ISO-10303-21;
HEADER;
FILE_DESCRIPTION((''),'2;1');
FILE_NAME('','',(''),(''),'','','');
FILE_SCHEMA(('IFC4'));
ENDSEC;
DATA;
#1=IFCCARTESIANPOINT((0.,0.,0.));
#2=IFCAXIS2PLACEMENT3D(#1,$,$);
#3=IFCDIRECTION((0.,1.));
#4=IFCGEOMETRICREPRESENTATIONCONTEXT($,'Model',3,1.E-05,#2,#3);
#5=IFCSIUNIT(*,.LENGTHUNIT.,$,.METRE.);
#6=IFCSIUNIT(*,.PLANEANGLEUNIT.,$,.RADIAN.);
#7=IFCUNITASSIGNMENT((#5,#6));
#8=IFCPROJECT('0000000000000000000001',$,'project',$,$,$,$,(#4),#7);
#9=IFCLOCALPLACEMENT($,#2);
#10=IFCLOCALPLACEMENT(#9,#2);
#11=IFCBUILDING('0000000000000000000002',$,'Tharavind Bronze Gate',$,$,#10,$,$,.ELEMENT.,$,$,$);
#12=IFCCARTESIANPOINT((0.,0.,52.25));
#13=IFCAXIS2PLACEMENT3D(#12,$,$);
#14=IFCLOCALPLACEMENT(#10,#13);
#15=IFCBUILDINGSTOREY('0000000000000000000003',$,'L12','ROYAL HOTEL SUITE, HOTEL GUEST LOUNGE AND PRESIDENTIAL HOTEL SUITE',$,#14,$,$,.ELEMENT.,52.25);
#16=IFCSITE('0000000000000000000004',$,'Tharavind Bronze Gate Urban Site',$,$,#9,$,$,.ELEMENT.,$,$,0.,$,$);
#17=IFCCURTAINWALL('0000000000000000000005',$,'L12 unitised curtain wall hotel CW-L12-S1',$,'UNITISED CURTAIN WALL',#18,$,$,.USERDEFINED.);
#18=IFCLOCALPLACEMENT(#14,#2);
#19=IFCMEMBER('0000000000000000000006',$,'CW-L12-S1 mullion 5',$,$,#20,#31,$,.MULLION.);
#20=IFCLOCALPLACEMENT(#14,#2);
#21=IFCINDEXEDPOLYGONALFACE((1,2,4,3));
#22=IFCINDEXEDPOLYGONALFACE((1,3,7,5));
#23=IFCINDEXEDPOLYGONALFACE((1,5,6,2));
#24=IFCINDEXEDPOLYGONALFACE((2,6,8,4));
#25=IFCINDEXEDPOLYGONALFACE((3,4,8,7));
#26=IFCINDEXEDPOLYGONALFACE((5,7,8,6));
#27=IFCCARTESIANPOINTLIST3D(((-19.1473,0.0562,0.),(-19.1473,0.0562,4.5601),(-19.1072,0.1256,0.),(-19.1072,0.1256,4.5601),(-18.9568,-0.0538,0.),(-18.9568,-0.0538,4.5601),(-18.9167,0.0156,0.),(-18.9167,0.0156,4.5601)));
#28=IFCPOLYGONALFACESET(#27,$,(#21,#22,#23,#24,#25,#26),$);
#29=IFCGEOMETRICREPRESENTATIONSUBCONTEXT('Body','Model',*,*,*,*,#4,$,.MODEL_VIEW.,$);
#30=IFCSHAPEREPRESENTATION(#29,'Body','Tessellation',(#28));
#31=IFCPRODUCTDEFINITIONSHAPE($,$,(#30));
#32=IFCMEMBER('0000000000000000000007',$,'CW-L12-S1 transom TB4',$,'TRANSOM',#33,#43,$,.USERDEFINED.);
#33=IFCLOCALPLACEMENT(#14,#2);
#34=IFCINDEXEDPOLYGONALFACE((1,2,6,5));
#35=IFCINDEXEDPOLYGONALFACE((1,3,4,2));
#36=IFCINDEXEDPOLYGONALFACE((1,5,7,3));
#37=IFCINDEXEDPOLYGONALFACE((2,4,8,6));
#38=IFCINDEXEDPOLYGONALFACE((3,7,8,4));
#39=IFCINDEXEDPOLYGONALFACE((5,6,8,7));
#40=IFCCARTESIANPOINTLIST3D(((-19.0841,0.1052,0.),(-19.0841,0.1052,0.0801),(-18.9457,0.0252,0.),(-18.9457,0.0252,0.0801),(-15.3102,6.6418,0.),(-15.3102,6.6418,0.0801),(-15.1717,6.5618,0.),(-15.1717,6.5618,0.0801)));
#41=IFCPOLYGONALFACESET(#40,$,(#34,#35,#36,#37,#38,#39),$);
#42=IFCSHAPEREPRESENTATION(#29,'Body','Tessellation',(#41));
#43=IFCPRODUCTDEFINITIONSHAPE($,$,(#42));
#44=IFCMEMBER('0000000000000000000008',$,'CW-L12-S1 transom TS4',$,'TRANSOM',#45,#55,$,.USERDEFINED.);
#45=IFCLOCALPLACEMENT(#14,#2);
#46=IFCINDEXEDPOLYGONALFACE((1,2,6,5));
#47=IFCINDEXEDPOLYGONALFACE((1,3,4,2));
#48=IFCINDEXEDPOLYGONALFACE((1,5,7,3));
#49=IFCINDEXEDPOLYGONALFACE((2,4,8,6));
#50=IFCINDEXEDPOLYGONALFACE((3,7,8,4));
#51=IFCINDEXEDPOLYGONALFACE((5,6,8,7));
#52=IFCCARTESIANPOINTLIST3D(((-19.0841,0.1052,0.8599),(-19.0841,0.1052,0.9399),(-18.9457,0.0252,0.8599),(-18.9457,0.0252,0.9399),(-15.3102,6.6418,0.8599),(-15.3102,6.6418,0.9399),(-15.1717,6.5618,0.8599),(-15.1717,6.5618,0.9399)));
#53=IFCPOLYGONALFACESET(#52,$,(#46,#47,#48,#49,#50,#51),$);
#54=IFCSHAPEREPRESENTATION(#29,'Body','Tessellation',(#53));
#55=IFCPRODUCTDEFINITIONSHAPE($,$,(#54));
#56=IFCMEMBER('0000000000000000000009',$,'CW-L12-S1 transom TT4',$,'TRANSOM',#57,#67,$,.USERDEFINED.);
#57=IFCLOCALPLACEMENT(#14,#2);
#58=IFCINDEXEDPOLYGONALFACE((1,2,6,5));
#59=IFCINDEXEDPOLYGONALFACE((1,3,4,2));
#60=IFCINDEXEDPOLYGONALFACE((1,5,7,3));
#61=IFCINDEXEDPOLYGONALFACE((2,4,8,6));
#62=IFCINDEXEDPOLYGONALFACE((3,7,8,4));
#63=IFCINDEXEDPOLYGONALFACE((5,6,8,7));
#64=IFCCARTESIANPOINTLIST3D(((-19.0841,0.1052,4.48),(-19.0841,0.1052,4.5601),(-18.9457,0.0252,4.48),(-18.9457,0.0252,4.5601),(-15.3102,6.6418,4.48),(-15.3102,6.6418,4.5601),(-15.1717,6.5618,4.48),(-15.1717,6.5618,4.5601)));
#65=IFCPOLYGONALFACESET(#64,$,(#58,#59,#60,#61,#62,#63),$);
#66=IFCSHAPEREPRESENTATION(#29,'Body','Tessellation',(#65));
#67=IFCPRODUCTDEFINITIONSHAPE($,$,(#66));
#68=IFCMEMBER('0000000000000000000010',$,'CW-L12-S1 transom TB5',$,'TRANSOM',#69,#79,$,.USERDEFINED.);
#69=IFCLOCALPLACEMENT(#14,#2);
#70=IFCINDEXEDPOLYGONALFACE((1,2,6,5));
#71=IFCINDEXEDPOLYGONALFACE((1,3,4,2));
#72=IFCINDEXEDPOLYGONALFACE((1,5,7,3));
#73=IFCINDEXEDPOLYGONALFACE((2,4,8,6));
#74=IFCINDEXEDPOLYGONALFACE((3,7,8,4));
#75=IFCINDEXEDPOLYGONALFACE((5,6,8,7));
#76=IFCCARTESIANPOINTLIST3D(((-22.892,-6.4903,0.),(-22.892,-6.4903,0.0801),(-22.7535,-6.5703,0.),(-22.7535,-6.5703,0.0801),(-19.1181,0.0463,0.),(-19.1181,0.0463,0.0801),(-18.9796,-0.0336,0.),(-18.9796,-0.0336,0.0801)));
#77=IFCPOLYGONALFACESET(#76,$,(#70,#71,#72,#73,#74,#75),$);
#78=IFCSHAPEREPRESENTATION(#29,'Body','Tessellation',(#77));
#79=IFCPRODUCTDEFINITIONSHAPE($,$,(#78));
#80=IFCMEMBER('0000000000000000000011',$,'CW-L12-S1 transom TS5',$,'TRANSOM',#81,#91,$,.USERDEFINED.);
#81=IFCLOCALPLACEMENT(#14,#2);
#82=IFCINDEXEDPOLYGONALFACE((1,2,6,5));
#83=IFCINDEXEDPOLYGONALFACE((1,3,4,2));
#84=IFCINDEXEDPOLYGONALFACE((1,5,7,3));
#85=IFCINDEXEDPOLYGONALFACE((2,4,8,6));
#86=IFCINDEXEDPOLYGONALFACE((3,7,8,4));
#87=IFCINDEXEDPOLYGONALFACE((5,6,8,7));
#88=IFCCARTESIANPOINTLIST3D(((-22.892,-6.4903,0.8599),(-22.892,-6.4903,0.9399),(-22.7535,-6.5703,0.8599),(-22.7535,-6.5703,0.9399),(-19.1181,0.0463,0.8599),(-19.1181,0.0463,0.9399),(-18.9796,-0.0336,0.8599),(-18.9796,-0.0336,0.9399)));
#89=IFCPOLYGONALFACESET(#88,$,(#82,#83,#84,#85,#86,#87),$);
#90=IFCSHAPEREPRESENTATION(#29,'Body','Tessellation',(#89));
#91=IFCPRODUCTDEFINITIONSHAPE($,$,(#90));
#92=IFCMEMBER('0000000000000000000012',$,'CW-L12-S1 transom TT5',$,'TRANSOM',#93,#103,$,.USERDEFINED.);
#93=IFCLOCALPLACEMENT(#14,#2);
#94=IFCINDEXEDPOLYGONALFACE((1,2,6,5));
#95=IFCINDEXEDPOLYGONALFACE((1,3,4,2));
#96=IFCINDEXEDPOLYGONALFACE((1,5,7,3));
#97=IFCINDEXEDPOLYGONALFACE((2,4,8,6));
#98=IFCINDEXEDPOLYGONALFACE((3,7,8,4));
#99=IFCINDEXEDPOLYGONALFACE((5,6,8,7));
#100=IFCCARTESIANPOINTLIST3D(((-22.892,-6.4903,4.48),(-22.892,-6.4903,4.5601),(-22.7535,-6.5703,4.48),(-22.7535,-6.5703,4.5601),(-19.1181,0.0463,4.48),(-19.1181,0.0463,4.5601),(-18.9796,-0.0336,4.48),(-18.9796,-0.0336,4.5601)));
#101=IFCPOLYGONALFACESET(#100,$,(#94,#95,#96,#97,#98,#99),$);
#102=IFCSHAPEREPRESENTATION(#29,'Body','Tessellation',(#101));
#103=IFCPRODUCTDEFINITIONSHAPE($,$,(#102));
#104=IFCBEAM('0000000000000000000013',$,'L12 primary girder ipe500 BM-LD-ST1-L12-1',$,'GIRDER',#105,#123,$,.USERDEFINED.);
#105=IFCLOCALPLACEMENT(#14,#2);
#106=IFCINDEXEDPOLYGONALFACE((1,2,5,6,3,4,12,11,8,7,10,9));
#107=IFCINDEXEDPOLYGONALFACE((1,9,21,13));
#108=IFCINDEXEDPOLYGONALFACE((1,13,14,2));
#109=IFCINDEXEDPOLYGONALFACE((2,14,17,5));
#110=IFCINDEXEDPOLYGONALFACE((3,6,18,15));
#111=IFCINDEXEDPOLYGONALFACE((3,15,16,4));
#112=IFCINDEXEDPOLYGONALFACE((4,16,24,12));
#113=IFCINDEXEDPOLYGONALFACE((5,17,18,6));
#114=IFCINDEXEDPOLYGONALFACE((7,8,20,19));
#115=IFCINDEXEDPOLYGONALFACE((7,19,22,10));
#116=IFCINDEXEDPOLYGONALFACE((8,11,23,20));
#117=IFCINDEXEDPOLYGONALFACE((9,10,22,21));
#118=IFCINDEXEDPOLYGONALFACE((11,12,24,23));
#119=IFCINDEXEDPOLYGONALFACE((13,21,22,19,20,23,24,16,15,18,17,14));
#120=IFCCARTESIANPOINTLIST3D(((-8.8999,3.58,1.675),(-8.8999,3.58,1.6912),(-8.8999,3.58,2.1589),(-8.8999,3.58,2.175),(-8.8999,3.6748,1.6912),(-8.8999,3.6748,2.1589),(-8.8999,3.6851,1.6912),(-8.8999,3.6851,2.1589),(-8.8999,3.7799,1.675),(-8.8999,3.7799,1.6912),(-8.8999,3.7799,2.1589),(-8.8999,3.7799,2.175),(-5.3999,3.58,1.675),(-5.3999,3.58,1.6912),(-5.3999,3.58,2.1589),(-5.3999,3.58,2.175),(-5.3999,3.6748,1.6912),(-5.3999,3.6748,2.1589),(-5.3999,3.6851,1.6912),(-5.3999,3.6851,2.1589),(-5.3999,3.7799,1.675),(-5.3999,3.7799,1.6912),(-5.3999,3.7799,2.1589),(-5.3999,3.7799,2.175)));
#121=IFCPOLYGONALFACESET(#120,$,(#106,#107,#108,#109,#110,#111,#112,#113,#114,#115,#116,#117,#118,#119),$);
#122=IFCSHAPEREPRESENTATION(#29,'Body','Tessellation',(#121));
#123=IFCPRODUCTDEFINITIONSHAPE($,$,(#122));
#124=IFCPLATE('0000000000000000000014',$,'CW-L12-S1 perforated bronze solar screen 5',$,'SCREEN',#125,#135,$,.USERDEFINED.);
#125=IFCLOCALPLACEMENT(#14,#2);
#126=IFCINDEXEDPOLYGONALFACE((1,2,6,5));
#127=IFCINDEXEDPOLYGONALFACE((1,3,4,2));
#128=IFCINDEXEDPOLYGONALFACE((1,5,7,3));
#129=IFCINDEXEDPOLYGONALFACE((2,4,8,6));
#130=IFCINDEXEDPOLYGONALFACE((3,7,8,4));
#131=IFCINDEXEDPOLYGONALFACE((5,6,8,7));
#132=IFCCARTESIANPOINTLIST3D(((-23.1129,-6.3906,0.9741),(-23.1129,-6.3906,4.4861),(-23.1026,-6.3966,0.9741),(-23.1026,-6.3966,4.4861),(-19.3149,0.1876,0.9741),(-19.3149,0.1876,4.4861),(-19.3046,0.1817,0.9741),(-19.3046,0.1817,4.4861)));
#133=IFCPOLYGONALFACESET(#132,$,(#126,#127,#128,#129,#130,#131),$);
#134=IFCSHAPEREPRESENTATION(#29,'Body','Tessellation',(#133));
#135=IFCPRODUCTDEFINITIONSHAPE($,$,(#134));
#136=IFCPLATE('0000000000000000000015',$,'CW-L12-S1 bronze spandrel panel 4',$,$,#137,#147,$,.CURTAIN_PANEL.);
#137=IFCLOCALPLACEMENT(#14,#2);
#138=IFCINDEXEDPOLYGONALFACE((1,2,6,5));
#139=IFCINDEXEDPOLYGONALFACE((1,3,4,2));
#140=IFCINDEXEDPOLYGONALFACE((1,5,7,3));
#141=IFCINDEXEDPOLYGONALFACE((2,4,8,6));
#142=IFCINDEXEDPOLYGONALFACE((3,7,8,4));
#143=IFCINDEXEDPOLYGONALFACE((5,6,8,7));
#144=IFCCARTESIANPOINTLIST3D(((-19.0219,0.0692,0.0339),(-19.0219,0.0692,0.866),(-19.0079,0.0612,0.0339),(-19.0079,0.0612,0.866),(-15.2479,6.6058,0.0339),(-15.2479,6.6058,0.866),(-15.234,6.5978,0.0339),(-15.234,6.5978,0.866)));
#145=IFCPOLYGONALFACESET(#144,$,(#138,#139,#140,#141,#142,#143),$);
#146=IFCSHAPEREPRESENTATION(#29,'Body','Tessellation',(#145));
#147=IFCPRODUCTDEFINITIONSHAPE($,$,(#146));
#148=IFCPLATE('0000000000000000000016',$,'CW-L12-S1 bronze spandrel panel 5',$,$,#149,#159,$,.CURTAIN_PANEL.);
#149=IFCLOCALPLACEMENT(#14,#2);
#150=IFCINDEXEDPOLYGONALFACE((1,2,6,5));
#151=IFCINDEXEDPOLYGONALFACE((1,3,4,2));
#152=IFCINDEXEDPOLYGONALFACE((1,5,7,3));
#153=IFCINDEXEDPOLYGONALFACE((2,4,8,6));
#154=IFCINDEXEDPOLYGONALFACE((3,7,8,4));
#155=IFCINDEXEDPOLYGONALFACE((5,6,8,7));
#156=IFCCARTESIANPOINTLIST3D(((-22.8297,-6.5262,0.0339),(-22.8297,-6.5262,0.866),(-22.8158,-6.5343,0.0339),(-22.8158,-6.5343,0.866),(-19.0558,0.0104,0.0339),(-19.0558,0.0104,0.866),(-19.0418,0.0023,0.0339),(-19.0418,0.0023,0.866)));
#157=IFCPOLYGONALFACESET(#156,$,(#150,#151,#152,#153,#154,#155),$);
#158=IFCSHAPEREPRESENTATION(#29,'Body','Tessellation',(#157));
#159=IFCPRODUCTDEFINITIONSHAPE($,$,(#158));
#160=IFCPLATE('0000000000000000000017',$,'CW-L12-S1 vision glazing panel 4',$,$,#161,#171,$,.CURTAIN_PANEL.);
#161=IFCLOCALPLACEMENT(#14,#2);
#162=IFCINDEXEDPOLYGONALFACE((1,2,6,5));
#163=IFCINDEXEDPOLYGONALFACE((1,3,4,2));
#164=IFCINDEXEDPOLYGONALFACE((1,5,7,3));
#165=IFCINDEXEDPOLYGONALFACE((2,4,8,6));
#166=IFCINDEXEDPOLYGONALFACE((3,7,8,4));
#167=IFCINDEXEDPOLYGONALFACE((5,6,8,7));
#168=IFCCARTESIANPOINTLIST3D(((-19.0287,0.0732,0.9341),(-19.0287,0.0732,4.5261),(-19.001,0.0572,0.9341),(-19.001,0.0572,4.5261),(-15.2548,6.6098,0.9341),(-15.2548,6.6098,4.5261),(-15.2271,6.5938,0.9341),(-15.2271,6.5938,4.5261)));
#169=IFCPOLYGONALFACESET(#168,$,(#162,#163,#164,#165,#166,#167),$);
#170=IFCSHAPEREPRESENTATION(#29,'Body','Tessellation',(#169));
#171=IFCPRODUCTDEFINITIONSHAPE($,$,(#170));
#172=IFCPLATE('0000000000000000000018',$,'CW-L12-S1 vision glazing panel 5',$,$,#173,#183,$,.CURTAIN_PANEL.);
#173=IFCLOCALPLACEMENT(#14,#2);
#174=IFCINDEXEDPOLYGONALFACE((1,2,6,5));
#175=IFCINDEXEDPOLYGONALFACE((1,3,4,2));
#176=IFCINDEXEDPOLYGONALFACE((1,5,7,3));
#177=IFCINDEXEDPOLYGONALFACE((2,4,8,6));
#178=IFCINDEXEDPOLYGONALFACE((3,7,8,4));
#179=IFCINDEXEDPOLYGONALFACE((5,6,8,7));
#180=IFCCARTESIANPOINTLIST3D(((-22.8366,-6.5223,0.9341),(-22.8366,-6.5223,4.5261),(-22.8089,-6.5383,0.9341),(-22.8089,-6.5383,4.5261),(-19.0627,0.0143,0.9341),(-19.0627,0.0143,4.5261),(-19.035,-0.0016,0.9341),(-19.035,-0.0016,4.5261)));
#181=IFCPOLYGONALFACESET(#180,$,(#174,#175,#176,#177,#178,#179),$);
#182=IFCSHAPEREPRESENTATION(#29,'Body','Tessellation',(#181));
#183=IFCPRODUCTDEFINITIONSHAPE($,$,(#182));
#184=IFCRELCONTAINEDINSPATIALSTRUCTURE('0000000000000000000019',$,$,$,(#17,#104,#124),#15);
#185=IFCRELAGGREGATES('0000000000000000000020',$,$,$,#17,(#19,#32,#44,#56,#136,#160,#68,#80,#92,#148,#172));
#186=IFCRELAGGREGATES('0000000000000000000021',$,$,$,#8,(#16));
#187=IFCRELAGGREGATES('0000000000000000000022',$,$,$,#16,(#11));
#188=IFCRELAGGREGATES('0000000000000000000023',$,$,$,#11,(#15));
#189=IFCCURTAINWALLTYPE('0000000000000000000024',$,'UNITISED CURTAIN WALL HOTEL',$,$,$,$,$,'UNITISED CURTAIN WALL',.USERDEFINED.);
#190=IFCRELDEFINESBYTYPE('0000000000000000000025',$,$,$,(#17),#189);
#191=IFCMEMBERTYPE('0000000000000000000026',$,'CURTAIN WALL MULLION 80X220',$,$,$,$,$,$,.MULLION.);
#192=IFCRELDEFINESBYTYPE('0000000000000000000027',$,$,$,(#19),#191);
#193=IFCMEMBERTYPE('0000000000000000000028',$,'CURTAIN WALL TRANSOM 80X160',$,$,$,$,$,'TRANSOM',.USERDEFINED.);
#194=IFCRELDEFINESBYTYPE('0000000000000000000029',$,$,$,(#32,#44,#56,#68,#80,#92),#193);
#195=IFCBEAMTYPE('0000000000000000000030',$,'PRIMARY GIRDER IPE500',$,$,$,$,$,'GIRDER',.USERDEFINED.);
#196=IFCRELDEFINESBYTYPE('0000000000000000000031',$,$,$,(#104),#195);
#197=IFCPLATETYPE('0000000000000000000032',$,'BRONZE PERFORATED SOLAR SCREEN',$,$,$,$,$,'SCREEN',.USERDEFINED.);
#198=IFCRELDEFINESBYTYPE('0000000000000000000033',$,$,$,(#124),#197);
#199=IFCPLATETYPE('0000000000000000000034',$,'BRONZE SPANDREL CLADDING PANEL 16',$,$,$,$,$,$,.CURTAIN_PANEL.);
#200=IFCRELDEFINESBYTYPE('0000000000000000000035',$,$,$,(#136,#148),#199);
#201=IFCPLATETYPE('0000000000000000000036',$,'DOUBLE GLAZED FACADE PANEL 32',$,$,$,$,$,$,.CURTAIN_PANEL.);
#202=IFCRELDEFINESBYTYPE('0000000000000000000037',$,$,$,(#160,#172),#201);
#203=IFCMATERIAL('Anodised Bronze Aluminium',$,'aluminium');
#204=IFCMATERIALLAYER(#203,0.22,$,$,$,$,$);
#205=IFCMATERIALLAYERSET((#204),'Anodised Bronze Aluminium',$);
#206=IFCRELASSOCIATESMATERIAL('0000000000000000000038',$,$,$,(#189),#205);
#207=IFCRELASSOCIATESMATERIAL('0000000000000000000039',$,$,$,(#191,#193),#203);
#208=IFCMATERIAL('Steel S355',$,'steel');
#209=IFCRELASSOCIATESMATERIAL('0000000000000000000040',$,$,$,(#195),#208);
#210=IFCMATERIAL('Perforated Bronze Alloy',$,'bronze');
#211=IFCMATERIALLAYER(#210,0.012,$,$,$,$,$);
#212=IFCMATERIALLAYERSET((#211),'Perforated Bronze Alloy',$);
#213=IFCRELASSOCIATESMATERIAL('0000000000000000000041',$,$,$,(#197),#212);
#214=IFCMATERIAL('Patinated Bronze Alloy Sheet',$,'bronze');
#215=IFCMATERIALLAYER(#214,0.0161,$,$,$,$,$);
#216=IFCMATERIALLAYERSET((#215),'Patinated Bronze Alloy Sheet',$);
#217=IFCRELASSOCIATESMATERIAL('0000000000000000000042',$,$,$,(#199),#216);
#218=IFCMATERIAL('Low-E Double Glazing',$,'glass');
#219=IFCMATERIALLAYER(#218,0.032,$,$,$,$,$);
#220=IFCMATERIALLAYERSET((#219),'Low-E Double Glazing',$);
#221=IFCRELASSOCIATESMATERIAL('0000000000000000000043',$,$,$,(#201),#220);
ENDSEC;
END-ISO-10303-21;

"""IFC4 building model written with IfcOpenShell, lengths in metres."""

from ifc_helpers import new_model, si_unit, direction, frame, origin, origin_2d, place, context, subcontext, project, spatial, rectangle, i_section, extrude, material, layer, layer_set, material_profile, profile_set, type_object, element, aggregate, save


model = new_model("IFC4")

# Units and contexts
model_context = context("Model", 3, precision=1e-05, world=origin(), true_north=direction((0.0, 1.0)))
body_context = subcontext(model_context, "Body", "Model", "MODEL_VIEW")
ifc_project = project(units=[si_unit("LENGTHUNIT", "METRE"), si_unit("PLANEANGLEUNIT", "RADIAN")], contexts=[model_context])

# Site, building, storey
site_placement = place(None, origin())
site = spatial("IfcSite", under=ifc_project, at=site_placement, Name="Tharavind Bronze Gate Urban Site", CompositionType="ELEMENT", RefElevation=0.0)
building_placement = place(site_placement, origin())
building = spatial("IfcBuilding", under=site, at=building_placement, Name="Tharavind Bronze Gate", CompositionType="ELEMENT")
storey_placement = place(building_placement, frame((0.0, 0.0, 52.25)))
storey = spatial("IfcBuildingStorey", under=building, at=storey_placement, Name="L12", Description="ROYAL HOTEL SUITE, HOTEL GUEST LOUNGE AND PRESIDENTIAL HOTEL SUITE", CompositionType="ELEMENT", Elevation=52.25)

# Curtain wall, members
ifc_material_1 = material(Name="Anodised Bronze Aluminium", Category="aluminium")
ifc_layer_1 = layer(ifc_material_1, 0.22)
ifc_layer_set_1 = layer_set([ifc_layer_1], Name="Anodised Bronze Aluminium")
curtain_wall_type = type_object("IfcCurtainWallType", Name="UNITISED CURTAIN WALL HOTEL", ElementType="UNITISED CURTAIN WALL", PredefinedType="USERDEFINED", material=ifc_layer_set_1)
curtain_wall_placement = place(storey_placement, origin())
curtain_wall = element("IfcCurtainWall", 1, at=curtain_wall_placement, inside=storey, type_object=curtain_wall_type, Name="L12 unitised curtain wall hotel CW-L12-S1", ObjectType="UNITISED CURTAIN WALL", PredefinedType="USERDEFINED")
member_type_1 = type_object("IfcMemberType", Name="CURTAIN WALL MULLION 80X220", PredefinedType="MULLION", material=ifc_material_1)
member_1_placement = place(storey_placement, frame((-19.032, 0.0359, 0.0), z_axis=(0.0, 0.0, 1.0), x_axis=(-0.500002, -0.866025, 0.0)))
member_1 = element("IfcMember", 2, at=member_1_placement, type_object=member_type_1, Name="CW-L12-S1 mullion 5", PredefinedType="MULLION", context=body_context, shape_type="SweptSolid", body=[
    extrude(rectangle(XDim=0.0801, YDim=0.22, at=origin_2d()), origin(), (0.0, 0.0, 1.0), 4.5601),
])
member_type_2 = type_object("IfcMemberType", Name="CURTAIN WALL TRANSOM 80X160", ElementType="TRANSOM", PredefinedType="USERDEFINED", material=ifc_material_1)
member_2_placement = place(storey_placement, frame((-17.1279, 3.3335, 0.0), z_axis=(0.0, 0.0, 1.0), x_axis=(-0.500002, -0.866025, 0.0)))
member_2 = element("IfcMember", 3, at=member_2_placement, type_object=member_type_2, Name="CW-L12-S1 transom TB4", ObjectType="TRANSOM", PredefinedType="USERDEFINED", context=body_context, shape_type="SweptSolid", body=[
    extrude(rectangle(XDim=7.5479, YDim=0.1599, at=origin_2d()), origin(), (0.0, 0.0, 1.0), 0.0801),
])
member_3_placement = place(storey_placement, frame((-17.1279, 3.3335, 0.8599), z_axis=(0.0, 0.0, 1.0), x_axis=(-0.500002, -0.866025, 0.0)))
member_3 = element("IfcMember", 4, at=member_3_placement, type_object=member_type_2, Name="CW-L12-S1 transom TS4", ObjectType="TRANSOM", PredefinedType="USERDEFINED", context=body_context, shape_type="SweptSolid", body=[
    extrude(rectangle(XDim=7.5479, YDim=0.1599, at=origin_2d()), origin(), (0.0, 0.0, 1.0), 0.0801),
])
member_4_placement = place(storey_placement, frame((-17.1279, 3.3335, 4.48), z_axis=(0.0, 0.0, 1.0), x_axis=(-0.500002, -0.866025, 0.0)))
member_4 = element("IfcMember", 5, at=member_4_placement, type_object=member_type_2, Name="CW-L12-S1 transom TT4", ObjectType="TRANSOM", PredefinedType="USERDEFINED", context=body_context, shape_type="SweptSolid", body=[
    extrude(rectangle(XDim=7.5479, YDim=0.1599, at=origin_2d()), origin(), (0.0, 0.0, 1.0), 0.0801),
])
member_5_placement = place(storey_placement, frame((-20.9358, -3.262, 0.0), z_axis=(0.0, 0.0, 1.0), x_axis=(-0.500002, -0.866025, 0.0)))
member_5 = element("IfcMember", 6, at=member_5_placement, type_object=member_type_2, Name="CW-L12-S1 transom TB5", ObjectType="TRANSOM", PredefinedType="USERDEFINED", context=body_context, shape_type="SweptSolid", body=[
    extrude(rectangle(XDim=7.5479, YDim=0.1599, at=origin_2d()), origin(), (0.0, 0.0, 1.0), 0.0801),
])
member_6_placement = place(storey_placement, frame((-20.9358, -3.262, 0.8599), z_axis=(0.0, 0.0, 1.0), x_axis=(-0.500002, -0.866025, 0.0)))
member_6 = element("IfcMember", 7, at=member_6_placement, type_object=member_type_2, Name="CW-L12-S1 transom TS5", ObjectType="TRANSOM", PredefinedType="USERDEFINED", context=body_context, shape_type="SweptSolid", body=[
    extrude(rectangle(XDim=7.5479, YDim=0.1599, at=origin_2d()), origin(), (0.0, 0.0, 1.0), 0.0801),
])
member_7_placement = place(storey_placement, frame((-20.9358, -3.262, 4.48), z_axis=(0.0, 0.0, 1.0), x_axis=(-0.500002, -0.866025, 0.0)))
member_7 = element("IfcMember", 8, at=member_7_placement, type_object=member_type_2, Name="CW-L12-S1 transom TT5", ObjectType="TRANSOM", PredefinedType="USERDEFINED", context=body_context, shape_type="SweptSolid", body=[
    extrude(rectangle(XDim=7.5479, YDim=0.1599, at=origin_2d()), origin(), (0.0, 0.0, 1.0), 0.0801),
])

# Beam
ifc_material_2 = material(Name="Steel S355", Category="steel")
ifc_material_profile = material_profile(ifc_material_2, i_section(OverallWidth=0.2, OverallDepth=0.5, WebThickness=0.0103, FlangeThickness=0.0161, at=origin_2d()), Name="IPE500")
ifc_profile_set = profile_set([ifc_material_profile], Name="Steel S355")
beam_type = type_object("IfcBeamType", Name="PRIMARY GIRDER IPE500", ElementType="GIRDER", PredefinedType="USERDEFINED", material=ifc_profile_set)
beam_placement = place(storey_placement, frame((-8.8999, 3.6799, 1.925), z_axis=(1.0, 0.0, 0.0), x_axis=(0.0, 1.0, 0.0)))
element("IfcBeam", 9, at=beam_placement, inside=storey, type_object=beam_type, Name="L12 primary girder ipe500 BM-LD-ST1-L12-1", ObjectType="GIRDER", PredefinedType="USERDEFINED", context=body_context, shape_type="SweptSolid", body=[
    extrude(i_section(OverallWidth=0.2, OverallDepth=0.5, WebThickness=0.0103, FlangeThickness=0.0161, at=origin_2d()), origin(), (0.0, 0.0, 1.0), 3.5),
])

# Plates
ifc_material_3 = material(Name="Perforated Bronze Alloy", Category="bronze")
ifc_layer_2 = layer(ifc_material_3, 0.012)
ifc_layer_set_2 = layer_set([ifc_layer_2], Name="Perforated Bronze Alloy")
plate_type_1 = type_object("IfcPlateType", Name="BRONZE PERFORATED SOLAR SCREEN", ElementType="SCREEN", PredefinedType="USERDEFINED", material=ifc_layer_set_2)
plate_1_placement = place(storey_placement, frame((-21.2087, -3.1045, 0.9741), z_axis=(0.0, 0.0, 1.0), x_axis=(-0.500002, -0.866025, 0.0)))
element("IfcPlate", 10, at=plate_1_placement, inside=storey, type_object=plate_type_1, Name="CW-L12-S1 perforated bronze solar screen 5", ObjectType="SCREEN", PredefinedType="USERDEFINED", context=body_context, shape_type="SweptSolid", body=[
    extrude(rectangle(XDim=7.5959, YDim=0.012, at=origin_2d()), origin(), (0.0, 0.0, 1.0), 3.512),
])
ifc_material_4 = material(Name="Patinated Bronze Alloy Sheet", Category="bronze")
ifc_layer_3 = layer(ifc_material_4, 0.0161)
ifc_layer_set_3 = layer_set([ifc_layer_3], Name="Patinated Bronze Alloy Sheet")
plate_type_2 = type_object("IfcPlateType", Name="BRONZE SPANDREL CLADDING PANEL 16", PredefinedType="CURTAIN_PANEL", material=ifc_layer_set_3)
plate_2_placement = place(storey_placement, frame((-17.1279, 3.3335, 0.0339), z_axis=(0.0, 0.0, 1.0), x_axis=(-0.500002, -0.866025, 0.0)))
plate_2 = element("IfcPlate", 11, at=plate_2_placement, type_object=plate_type_2, Name="CW-L12-S1 bronze spandrel panel 4", PredefinedType="CURTAIN_PANEL", context=body_context, shape_type="SweptSolid", body=[
    extrude(rectangle(XDim=7.5479, YDim=0.0161, at=origin_2d()), origin(), (0.0, 0.0, 1.0), 0.832),
])
plate_3_placement = place(storey_placement, frame((-20.9358, -3.262, 0.0339), z_axis=(0.0, 0.0, 1.0), x_axis=(-0.500002, -0.866025, 0.0)))
plate_3 = element("IfcPlate", 12, at=plate_3_placement, type_object=plate_type_2, Name="CW-L12-S1 bronze spandrel panel 5", PredefinedType="CURTAIN_PANEL", context=body_context, shape_type="SweptSolid", body=[
    extrude(rectangle(XDim=7.5479, YDim=0.0161, at=origin_2d()), origin(), (0.0, 0.0, 1.0), 0.832),
])
ifc_material_5 = material(Name="Low-E Double Glazing", Category="glass")
ifc_layer_4 = layer(ifc_material_5, 0.032)
ifc_layer_set_4 = layer_set([ifc_layer_4], Name="Low-E Double Glazing")
plate_type_3 = type_object("IfcPlateType", Name="DOUBLE GLAZED FACADE PANEL 32", PredefinedType="CURTAIN_PANEL", material=ifc_layer_set_4)
plate_4_placement = place(storey_placement, frame((-17.1279, 3.3335, 0.9341), z_axis=(0.0, 0.0, 1.0), x_axis=(-0.500002, -0.866025, 0.0)))
plate_4 = element("IfcPlate", 13, at=plate_4_placement, type_object=plate_type_3, Name="CW-L12-S1 vision glazing panel 4", PredefinedType="CURTAIN_PANEL", context=body_context, shape_type="SweptSolid", body=[
    extrude(rectangle(XDim=7.5479, YDim=0.032, at=origin_2d()), origin(), (0.0, 0.0, 1.0), 3.592),
])
plate_5_placement = place(storey_placement, frame((-20.9358, -3.262, 0.9341), z_axis=(0.0, 0.0, 1.0), x_axis=(-0.500002, -0.866025, 0.0)))
plate_5 = element("IfcPlate", 14, at=plate_5_placement, type_object=plate_type_3, Name="CW-L12-S1 vision glazing panel 5", PredefinedType="CURTAIN_PANEL", context=body_context, shape_type="SweptSolid", body=[
    extrude(rectangle(XDim=7.5479, YDim=0.032, at=origin_2d()), origin(), (0.0, 0.0, 1.0), 3.592),
])
aggregate(curtain_wall, [member_1, member_2, member_3, member_4, plate_2, plate_4, member_5, member_6, member_7, plate_3, plate_5])

save(model, "model.ifc")
